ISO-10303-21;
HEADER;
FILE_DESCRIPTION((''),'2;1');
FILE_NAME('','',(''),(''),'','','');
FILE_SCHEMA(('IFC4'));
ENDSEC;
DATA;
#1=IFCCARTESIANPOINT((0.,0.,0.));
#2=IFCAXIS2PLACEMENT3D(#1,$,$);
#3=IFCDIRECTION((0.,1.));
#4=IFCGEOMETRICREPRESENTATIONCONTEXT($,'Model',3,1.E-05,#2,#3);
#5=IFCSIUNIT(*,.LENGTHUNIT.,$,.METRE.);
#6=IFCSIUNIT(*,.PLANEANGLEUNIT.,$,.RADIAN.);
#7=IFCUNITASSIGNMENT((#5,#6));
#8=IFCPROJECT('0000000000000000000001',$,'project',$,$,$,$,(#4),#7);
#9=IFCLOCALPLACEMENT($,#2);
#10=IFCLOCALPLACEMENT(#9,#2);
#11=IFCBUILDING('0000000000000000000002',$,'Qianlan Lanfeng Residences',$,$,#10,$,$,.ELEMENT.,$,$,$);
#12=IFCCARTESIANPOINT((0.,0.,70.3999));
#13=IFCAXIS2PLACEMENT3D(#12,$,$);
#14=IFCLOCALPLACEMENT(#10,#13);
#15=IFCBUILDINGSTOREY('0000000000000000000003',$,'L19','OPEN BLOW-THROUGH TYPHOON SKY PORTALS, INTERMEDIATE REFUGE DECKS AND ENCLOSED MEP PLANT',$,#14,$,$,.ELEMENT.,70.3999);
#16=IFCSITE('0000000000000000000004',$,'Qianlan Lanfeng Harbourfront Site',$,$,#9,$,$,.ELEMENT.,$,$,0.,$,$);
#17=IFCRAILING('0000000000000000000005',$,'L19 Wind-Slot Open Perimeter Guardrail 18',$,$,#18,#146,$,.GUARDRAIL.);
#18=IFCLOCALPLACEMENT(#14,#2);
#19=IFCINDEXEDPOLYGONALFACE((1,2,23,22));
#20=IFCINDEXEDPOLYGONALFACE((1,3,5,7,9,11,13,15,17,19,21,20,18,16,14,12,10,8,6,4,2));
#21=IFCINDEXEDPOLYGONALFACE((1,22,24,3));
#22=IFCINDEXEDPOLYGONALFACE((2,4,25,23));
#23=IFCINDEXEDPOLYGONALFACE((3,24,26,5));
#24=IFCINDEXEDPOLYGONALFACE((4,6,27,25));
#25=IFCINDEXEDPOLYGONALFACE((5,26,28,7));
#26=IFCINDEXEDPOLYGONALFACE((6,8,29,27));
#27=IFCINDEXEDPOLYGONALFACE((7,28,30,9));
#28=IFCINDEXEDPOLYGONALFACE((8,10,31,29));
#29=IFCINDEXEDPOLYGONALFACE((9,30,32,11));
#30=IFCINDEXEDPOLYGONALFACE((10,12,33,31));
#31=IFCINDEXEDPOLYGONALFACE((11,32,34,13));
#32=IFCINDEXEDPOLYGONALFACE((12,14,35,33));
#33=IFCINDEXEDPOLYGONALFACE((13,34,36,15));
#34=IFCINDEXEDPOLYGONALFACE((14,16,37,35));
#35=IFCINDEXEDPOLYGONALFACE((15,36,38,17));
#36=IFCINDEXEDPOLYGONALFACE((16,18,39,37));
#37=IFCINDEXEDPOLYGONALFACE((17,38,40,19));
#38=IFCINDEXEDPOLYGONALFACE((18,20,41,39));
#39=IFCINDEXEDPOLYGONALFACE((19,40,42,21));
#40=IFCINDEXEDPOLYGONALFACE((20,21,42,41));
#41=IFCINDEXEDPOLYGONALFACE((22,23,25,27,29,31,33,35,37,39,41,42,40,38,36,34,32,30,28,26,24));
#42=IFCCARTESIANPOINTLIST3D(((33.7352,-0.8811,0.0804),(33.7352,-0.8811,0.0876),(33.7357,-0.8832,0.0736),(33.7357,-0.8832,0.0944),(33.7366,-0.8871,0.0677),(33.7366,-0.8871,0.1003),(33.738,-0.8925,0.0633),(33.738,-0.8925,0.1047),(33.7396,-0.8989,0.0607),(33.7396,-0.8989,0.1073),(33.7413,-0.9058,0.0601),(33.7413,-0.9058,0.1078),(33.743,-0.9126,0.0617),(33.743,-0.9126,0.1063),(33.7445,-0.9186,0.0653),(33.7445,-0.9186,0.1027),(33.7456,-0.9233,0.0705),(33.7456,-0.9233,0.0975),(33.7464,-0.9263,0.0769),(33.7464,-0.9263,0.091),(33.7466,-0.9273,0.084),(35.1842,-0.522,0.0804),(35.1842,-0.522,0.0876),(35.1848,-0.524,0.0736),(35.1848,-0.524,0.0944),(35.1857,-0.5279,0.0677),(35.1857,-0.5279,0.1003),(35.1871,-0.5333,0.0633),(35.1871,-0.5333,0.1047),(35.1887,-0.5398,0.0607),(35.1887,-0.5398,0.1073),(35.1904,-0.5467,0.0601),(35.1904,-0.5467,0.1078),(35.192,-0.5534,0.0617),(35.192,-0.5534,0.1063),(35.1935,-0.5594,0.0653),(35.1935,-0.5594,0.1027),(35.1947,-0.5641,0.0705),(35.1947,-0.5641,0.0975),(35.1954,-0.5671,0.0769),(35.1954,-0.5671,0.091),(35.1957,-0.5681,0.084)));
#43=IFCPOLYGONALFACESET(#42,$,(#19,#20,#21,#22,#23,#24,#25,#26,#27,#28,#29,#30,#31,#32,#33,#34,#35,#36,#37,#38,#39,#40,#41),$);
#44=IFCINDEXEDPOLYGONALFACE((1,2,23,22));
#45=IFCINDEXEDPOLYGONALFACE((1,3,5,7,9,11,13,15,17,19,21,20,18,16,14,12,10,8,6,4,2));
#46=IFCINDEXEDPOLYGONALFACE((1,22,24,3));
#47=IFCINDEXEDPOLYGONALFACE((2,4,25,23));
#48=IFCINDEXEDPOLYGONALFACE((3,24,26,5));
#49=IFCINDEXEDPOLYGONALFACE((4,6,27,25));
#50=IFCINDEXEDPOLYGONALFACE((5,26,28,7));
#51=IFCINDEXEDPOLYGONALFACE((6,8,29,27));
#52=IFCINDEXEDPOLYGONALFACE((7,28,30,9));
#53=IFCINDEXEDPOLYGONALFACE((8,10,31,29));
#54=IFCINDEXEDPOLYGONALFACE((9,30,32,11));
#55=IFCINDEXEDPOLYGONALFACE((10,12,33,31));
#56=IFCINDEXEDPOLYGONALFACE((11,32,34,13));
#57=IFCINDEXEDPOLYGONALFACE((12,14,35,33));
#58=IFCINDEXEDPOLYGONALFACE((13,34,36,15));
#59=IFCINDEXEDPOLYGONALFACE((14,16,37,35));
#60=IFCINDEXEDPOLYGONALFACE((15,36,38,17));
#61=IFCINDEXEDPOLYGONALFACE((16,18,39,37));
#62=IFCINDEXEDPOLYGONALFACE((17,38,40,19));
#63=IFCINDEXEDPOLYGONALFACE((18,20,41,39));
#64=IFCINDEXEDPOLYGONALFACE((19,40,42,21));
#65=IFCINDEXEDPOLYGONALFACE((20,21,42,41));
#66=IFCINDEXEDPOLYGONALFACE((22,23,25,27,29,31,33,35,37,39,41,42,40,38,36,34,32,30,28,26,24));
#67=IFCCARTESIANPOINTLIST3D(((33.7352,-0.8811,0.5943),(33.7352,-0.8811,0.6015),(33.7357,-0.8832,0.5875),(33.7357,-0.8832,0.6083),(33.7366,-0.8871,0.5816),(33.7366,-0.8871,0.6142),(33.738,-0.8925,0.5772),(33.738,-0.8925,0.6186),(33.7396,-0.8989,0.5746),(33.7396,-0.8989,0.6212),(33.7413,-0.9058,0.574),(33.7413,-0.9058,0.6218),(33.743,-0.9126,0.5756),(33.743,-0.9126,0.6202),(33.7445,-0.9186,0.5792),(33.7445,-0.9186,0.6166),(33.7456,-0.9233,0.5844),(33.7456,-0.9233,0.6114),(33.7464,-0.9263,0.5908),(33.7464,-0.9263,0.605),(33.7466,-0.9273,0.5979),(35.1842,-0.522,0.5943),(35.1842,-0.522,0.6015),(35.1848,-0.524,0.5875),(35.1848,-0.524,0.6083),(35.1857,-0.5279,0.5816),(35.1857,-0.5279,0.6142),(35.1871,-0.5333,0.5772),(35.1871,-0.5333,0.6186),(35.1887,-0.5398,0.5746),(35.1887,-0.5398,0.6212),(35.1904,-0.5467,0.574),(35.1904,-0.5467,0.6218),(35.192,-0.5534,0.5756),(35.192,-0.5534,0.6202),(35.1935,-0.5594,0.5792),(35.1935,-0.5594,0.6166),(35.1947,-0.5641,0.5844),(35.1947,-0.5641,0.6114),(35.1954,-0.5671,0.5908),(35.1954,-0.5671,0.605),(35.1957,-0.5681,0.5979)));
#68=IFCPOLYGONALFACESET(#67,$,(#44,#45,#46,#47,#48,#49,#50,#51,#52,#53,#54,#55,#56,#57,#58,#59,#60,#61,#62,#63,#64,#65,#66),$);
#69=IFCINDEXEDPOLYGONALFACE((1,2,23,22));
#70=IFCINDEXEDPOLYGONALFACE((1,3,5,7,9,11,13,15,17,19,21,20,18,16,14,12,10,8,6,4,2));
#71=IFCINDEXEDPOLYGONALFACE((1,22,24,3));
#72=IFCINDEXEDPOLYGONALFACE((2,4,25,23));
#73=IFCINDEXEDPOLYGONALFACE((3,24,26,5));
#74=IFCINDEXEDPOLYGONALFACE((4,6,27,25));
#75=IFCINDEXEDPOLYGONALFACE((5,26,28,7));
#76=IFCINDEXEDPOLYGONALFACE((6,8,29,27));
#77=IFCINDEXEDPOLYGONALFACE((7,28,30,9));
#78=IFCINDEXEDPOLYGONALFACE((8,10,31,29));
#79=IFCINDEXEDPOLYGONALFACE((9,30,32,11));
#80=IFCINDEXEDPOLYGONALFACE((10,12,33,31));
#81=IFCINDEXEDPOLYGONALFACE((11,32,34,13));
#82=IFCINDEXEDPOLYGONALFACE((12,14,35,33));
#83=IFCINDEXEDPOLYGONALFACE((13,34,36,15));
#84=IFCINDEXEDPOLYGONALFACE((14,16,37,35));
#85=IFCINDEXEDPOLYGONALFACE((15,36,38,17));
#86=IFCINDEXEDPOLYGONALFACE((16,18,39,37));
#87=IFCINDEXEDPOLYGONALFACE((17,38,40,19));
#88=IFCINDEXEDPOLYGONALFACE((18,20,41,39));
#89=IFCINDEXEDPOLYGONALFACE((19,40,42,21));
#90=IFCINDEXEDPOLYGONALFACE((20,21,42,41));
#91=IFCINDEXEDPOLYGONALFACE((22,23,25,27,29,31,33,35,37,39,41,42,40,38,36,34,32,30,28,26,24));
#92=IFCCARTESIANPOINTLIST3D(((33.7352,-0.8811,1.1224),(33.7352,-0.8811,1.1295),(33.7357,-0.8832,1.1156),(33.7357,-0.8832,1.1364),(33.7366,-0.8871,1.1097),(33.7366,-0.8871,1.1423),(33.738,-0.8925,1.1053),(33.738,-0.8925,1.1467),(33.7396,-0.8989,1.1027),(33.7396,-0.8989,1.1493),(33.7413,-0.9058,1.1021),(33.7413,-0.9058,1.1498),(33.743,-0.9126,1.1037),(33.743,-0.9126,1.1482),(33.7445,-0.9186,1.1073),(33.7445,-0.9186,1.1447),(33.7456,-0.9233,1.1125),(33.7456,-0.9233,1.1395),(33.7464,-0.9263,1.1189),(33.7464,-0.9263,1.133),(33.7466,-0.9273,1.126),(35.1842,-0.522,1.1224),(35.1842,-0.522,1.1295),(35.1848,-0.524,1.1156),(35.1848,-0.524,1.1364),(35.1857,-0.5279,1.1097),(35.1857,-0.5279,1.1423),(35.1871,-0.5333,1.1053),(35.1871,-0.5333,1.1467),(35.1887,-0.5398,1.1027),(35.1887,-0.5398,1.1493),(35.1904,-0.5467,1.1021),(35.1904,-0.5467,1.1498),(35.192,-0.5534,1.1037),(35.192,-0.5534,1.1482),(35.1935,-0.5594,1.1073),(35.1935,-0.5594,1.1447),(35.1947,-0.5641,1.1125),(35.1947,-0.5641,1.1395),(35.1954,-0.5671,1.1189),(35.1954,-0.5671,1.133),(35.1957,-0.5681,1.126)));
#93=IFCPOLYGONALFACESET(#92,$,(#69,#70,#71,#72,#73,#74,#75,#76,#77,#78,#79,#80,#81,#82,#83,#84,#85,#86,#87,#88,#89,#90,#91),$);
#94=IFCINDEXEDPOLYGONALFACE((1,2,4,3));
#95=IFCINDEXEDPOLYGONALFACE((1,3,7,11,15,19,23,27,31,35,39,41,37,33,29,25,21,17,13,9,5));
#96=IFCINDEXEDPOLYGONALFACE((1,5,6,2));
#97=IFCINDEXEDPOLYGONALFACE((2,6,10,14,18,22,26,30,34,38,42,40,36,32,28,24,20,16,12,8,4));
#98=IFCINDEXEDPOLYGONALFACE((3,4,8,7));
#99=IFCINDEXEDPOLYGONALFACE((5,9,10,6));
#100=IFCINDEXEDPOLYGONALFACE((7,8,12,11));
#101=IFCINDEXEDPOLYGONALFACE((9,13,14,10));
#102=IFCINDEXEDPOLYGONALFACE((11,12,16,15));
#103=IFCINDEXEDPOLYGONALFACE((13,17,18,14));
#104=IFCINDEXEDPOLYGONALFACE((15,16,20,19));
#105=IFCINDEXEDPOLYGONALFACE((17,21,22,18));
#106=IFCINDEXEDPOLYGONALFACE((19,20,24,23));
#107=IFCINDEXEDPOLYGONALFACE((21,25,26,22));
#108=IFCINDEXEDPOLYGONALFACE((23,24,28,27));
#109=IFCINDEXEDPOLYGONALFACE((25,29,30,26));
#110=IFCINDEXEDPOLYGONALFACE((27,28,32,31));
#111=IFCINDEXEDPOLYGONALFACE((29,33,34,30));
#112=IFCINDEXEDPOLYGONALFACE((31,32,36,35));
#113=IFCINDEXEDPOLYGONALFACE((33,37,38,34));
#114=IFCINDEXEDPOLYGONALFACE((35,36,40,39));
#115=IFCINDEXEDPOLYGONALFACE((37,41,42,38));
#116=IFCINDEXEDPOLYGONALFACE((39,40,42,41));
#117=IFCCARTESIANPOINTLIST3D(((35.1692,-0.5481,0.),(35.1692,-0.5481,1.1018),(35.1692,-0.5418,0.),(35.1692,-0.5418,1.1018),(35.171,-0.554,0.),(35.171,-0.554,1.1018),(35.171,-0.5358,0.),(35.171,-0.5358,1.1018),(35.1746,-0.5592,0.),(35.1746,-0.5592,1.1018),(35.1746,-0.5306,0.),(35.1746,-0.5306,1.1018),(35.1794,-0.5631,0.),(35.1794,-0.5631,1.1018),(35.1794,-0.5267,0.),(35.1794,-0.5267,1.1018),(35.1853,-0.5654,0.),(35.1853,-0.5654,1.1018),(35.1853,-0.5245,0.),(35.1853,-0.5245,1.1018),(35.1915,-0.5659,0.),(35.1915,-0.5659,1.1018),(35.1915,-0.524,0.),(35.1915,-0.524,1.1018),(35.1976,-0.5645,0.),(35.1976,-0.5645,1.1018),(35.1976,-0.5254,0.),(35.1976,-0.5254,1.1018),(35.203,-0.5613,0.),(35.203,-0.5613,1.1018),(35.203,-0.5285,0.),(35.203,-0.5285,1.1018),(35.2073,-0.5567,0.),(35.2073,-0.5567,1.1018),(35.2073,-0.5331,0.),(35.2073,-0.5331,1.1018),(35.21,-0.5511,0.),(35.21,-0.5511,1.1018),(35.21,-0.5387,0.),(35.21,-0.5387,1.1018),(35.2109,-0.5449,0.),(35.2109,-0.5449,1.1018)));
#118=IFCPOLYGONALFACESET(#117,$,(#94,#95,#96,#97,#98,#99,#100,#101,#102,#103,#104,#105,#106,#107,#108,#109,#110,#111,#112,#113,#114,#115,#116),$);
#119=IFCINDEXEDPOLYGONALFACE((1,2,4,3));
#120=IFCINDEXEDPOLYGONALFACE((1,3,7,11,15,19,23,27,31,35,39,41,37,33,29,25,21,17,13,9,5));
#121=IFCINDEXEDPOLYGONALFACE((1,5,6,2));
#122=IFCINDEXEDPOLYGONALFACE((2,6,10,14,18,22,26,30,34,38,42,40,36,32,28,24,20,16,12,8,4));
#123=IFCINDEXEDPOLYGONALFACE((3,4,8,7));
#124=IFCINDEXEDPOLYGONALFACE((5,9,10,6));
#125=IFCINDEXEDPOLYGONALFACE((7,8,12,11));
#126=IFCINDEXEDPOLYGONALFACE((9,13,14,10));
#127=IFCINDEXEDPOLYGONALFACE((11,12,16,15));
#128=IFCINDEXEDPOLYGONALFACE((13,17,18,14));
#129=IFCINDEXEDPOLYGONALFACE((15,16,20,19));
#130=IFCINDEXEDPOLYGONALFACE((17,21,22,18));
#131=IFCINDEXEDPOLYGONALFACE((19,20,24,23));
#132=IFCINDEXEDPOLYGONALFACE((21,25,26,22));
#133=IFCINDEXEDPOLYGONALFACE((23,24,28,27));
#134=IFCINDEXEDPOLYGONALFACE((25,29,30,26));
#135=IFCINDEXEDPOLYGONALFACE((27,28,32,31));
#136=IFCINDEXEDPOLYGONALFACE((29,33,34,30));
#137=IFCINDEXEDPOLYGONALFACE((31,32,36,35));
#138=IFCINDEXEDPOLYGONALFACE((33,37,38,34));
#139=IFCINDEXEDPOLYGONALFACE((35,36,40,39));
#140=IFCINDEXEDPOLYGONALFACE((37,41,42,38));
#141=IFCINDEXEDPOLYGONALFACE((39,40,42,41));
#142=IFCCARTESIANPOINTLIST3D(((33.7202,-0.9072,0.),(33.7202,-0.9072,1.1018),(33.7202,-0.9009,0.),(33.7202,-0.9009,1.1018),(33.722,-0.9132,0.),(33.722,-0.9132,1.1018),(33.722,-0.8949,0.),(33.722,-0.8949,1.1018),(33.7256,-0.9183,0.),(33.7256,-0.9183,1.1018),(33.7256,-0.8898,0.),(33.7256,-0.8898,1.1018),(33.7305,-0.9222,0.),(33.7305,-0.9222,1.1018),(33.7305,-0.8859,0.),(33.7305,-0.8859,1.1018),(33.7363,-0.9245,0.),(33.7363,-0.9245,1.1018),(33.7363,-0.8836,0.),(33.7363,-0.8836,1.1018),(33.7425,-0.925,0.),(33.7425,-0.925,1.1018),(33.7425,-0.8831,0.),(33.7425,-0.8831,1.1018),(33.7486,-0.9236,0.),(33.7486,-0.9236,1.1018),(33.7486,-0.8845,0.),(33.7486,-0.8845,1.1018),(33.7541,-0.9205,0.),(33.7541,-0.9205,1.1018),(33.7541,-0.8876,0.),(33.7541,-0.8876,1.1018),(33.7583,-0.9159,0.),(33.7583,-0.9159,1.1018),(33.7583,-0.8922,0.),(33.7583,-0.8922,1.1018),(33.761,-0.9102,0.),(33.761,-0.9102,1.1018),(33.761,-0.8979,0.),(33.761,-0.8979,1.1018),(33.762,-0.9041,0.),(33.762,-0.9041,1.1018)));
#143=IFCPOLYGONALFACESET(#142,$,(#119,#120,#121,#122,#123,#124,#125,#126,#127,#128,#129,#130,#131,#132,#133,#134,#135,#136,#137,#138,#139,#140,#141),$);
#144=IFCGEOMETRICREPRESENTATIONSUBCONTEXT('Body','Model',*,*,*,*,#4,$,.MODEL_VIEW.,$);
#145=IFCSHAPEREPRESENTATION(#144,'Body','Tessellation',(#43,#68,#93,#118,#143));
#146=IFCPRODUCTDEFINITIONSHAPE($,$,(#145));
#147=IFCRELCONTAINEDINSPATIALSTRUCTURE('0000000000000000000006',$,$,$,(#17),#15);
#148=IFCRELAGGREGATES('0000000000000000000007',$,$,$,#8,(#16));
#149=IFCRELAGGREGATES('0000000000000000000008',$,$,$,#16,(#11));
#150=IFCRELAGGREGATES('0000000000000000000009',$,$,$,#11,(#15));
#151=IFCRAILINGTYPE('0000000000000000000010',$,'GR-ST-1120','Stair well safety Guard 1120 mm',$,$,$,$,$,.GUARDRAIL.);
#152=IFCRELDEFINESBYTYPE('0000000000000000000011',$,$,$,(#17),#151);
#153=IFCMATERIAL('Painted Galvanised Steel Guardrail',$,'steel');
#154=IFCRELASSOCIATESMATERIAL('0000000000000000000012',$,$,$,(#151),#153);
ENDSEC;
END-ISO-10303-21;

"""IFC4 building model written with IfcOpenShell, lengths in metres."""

from ifc_helpers import new_model, si_unit, direction, frame, origin, origin_2d, place, context, subcontext, project, spatial, circle, extrude, material, type_object, element, save


model = new_model("IFC4")

# Units and contexts
model_context = context("Model", 3, precision=1e-05, world=origin(), true_north=direction((0.0, 1.0)))
body_context = subcontext(model_context, "Body", "Model", "MODEL_VIEW")
ifc_project = project(units=[si_unit("LENGTHUNIT", "METRE"), si_unit("PLANEANGLEUNIT", "RADIAN")], contexts=[model_context])

# Site, building, storey
site_placement = place(None, origin())
site = spatial("IfcSite", under=ifc_project, at=site_placement, Name="Qianlan Lanfeng Harbourfront Site", CompositionType="ELEMENT", RefElevation=0.0)
building_placement = place(site_placement, origin())
building = spatial("IfcBuilding", under=site, at=building_placement, Name="Qianlan Lanfeng Residences", CompositionType="ELEMENT")
storey_placement = place(building_placement, frame((0.0, 0.0, 70.3999)))
storey = spatial("IfcBuildingStorey", under=building, at=storey_placement, Name="L19", Description="OPEN BLOW-THROUGH TYPHOON SKY PORTALS, INTERMEDIATE REFUGE DECKS AND ENCLOSED MEP PLANT", CompositionType="ELEMENT", Elevation=70.3999)

# Railing
ifc_material_1 = material(Name="Painted Galvanised Steel Guardrail", Category="steel")
railing_type = type_object("IfcRailingType", Name="GR-ST-1120", Description="Stair well safety Guard 1120 mm", PredefinedType="GUARDRAIL", material=ifc_material_1)
railing_1_placement = place(storey_placement, frame((35.1899, -0.5449, 0.0)))
element("IfcRailing", 1, at=railing_1_placement, inside=storey, type_object=railing_type, Name="L19 Wind-Slot Open Perimeter Guardrail 18", PredefinedType="GUARDRAIL", context=body_context, shape_type="SweptSolid", body=[
    extrude(circle(Radius=0.0239, at=origin_2d()), frame((0.0, 0.0, 0.084), z_axis=(-0.970631, -0.240573, 0.0), x_axis=(0.240573, -0.970631, 0.0)), (0.0, 0.0, 1.0), 1.4929),
    extrude(circle(Radius=0.0239, at=origin_2d()), frame((0.0, 0.0, 0.5979), z_axis=(-0.970631, -0.240573, 0.0), x_axis=(0.240573, -0.970631, 0.0)), (0.0, 0.0, 1.0), 1.4929),
    extrude(circle(Radius=0.0239, at=origin_2d()), frame((0.0, 0.0, 1.126), z_axis=(-0.970631, -0.240573, 0.0), x_axis=(0.240573, -0.970631, 0.0)), (0.0, 0.0, 1.0), 1.4929),
    extrude(circle(Radius=0.021, at=origin_2d()), origin(), (0.0, 0.0, 1.0), 1.1018),
    extrude(circle(Radius=0.021, at=origin_2d()), frame((-1.449, -0.3591, 0.0)), (0.0, 0.0, 1.0), 1.1018),
])

save(model, "model.ifc")
